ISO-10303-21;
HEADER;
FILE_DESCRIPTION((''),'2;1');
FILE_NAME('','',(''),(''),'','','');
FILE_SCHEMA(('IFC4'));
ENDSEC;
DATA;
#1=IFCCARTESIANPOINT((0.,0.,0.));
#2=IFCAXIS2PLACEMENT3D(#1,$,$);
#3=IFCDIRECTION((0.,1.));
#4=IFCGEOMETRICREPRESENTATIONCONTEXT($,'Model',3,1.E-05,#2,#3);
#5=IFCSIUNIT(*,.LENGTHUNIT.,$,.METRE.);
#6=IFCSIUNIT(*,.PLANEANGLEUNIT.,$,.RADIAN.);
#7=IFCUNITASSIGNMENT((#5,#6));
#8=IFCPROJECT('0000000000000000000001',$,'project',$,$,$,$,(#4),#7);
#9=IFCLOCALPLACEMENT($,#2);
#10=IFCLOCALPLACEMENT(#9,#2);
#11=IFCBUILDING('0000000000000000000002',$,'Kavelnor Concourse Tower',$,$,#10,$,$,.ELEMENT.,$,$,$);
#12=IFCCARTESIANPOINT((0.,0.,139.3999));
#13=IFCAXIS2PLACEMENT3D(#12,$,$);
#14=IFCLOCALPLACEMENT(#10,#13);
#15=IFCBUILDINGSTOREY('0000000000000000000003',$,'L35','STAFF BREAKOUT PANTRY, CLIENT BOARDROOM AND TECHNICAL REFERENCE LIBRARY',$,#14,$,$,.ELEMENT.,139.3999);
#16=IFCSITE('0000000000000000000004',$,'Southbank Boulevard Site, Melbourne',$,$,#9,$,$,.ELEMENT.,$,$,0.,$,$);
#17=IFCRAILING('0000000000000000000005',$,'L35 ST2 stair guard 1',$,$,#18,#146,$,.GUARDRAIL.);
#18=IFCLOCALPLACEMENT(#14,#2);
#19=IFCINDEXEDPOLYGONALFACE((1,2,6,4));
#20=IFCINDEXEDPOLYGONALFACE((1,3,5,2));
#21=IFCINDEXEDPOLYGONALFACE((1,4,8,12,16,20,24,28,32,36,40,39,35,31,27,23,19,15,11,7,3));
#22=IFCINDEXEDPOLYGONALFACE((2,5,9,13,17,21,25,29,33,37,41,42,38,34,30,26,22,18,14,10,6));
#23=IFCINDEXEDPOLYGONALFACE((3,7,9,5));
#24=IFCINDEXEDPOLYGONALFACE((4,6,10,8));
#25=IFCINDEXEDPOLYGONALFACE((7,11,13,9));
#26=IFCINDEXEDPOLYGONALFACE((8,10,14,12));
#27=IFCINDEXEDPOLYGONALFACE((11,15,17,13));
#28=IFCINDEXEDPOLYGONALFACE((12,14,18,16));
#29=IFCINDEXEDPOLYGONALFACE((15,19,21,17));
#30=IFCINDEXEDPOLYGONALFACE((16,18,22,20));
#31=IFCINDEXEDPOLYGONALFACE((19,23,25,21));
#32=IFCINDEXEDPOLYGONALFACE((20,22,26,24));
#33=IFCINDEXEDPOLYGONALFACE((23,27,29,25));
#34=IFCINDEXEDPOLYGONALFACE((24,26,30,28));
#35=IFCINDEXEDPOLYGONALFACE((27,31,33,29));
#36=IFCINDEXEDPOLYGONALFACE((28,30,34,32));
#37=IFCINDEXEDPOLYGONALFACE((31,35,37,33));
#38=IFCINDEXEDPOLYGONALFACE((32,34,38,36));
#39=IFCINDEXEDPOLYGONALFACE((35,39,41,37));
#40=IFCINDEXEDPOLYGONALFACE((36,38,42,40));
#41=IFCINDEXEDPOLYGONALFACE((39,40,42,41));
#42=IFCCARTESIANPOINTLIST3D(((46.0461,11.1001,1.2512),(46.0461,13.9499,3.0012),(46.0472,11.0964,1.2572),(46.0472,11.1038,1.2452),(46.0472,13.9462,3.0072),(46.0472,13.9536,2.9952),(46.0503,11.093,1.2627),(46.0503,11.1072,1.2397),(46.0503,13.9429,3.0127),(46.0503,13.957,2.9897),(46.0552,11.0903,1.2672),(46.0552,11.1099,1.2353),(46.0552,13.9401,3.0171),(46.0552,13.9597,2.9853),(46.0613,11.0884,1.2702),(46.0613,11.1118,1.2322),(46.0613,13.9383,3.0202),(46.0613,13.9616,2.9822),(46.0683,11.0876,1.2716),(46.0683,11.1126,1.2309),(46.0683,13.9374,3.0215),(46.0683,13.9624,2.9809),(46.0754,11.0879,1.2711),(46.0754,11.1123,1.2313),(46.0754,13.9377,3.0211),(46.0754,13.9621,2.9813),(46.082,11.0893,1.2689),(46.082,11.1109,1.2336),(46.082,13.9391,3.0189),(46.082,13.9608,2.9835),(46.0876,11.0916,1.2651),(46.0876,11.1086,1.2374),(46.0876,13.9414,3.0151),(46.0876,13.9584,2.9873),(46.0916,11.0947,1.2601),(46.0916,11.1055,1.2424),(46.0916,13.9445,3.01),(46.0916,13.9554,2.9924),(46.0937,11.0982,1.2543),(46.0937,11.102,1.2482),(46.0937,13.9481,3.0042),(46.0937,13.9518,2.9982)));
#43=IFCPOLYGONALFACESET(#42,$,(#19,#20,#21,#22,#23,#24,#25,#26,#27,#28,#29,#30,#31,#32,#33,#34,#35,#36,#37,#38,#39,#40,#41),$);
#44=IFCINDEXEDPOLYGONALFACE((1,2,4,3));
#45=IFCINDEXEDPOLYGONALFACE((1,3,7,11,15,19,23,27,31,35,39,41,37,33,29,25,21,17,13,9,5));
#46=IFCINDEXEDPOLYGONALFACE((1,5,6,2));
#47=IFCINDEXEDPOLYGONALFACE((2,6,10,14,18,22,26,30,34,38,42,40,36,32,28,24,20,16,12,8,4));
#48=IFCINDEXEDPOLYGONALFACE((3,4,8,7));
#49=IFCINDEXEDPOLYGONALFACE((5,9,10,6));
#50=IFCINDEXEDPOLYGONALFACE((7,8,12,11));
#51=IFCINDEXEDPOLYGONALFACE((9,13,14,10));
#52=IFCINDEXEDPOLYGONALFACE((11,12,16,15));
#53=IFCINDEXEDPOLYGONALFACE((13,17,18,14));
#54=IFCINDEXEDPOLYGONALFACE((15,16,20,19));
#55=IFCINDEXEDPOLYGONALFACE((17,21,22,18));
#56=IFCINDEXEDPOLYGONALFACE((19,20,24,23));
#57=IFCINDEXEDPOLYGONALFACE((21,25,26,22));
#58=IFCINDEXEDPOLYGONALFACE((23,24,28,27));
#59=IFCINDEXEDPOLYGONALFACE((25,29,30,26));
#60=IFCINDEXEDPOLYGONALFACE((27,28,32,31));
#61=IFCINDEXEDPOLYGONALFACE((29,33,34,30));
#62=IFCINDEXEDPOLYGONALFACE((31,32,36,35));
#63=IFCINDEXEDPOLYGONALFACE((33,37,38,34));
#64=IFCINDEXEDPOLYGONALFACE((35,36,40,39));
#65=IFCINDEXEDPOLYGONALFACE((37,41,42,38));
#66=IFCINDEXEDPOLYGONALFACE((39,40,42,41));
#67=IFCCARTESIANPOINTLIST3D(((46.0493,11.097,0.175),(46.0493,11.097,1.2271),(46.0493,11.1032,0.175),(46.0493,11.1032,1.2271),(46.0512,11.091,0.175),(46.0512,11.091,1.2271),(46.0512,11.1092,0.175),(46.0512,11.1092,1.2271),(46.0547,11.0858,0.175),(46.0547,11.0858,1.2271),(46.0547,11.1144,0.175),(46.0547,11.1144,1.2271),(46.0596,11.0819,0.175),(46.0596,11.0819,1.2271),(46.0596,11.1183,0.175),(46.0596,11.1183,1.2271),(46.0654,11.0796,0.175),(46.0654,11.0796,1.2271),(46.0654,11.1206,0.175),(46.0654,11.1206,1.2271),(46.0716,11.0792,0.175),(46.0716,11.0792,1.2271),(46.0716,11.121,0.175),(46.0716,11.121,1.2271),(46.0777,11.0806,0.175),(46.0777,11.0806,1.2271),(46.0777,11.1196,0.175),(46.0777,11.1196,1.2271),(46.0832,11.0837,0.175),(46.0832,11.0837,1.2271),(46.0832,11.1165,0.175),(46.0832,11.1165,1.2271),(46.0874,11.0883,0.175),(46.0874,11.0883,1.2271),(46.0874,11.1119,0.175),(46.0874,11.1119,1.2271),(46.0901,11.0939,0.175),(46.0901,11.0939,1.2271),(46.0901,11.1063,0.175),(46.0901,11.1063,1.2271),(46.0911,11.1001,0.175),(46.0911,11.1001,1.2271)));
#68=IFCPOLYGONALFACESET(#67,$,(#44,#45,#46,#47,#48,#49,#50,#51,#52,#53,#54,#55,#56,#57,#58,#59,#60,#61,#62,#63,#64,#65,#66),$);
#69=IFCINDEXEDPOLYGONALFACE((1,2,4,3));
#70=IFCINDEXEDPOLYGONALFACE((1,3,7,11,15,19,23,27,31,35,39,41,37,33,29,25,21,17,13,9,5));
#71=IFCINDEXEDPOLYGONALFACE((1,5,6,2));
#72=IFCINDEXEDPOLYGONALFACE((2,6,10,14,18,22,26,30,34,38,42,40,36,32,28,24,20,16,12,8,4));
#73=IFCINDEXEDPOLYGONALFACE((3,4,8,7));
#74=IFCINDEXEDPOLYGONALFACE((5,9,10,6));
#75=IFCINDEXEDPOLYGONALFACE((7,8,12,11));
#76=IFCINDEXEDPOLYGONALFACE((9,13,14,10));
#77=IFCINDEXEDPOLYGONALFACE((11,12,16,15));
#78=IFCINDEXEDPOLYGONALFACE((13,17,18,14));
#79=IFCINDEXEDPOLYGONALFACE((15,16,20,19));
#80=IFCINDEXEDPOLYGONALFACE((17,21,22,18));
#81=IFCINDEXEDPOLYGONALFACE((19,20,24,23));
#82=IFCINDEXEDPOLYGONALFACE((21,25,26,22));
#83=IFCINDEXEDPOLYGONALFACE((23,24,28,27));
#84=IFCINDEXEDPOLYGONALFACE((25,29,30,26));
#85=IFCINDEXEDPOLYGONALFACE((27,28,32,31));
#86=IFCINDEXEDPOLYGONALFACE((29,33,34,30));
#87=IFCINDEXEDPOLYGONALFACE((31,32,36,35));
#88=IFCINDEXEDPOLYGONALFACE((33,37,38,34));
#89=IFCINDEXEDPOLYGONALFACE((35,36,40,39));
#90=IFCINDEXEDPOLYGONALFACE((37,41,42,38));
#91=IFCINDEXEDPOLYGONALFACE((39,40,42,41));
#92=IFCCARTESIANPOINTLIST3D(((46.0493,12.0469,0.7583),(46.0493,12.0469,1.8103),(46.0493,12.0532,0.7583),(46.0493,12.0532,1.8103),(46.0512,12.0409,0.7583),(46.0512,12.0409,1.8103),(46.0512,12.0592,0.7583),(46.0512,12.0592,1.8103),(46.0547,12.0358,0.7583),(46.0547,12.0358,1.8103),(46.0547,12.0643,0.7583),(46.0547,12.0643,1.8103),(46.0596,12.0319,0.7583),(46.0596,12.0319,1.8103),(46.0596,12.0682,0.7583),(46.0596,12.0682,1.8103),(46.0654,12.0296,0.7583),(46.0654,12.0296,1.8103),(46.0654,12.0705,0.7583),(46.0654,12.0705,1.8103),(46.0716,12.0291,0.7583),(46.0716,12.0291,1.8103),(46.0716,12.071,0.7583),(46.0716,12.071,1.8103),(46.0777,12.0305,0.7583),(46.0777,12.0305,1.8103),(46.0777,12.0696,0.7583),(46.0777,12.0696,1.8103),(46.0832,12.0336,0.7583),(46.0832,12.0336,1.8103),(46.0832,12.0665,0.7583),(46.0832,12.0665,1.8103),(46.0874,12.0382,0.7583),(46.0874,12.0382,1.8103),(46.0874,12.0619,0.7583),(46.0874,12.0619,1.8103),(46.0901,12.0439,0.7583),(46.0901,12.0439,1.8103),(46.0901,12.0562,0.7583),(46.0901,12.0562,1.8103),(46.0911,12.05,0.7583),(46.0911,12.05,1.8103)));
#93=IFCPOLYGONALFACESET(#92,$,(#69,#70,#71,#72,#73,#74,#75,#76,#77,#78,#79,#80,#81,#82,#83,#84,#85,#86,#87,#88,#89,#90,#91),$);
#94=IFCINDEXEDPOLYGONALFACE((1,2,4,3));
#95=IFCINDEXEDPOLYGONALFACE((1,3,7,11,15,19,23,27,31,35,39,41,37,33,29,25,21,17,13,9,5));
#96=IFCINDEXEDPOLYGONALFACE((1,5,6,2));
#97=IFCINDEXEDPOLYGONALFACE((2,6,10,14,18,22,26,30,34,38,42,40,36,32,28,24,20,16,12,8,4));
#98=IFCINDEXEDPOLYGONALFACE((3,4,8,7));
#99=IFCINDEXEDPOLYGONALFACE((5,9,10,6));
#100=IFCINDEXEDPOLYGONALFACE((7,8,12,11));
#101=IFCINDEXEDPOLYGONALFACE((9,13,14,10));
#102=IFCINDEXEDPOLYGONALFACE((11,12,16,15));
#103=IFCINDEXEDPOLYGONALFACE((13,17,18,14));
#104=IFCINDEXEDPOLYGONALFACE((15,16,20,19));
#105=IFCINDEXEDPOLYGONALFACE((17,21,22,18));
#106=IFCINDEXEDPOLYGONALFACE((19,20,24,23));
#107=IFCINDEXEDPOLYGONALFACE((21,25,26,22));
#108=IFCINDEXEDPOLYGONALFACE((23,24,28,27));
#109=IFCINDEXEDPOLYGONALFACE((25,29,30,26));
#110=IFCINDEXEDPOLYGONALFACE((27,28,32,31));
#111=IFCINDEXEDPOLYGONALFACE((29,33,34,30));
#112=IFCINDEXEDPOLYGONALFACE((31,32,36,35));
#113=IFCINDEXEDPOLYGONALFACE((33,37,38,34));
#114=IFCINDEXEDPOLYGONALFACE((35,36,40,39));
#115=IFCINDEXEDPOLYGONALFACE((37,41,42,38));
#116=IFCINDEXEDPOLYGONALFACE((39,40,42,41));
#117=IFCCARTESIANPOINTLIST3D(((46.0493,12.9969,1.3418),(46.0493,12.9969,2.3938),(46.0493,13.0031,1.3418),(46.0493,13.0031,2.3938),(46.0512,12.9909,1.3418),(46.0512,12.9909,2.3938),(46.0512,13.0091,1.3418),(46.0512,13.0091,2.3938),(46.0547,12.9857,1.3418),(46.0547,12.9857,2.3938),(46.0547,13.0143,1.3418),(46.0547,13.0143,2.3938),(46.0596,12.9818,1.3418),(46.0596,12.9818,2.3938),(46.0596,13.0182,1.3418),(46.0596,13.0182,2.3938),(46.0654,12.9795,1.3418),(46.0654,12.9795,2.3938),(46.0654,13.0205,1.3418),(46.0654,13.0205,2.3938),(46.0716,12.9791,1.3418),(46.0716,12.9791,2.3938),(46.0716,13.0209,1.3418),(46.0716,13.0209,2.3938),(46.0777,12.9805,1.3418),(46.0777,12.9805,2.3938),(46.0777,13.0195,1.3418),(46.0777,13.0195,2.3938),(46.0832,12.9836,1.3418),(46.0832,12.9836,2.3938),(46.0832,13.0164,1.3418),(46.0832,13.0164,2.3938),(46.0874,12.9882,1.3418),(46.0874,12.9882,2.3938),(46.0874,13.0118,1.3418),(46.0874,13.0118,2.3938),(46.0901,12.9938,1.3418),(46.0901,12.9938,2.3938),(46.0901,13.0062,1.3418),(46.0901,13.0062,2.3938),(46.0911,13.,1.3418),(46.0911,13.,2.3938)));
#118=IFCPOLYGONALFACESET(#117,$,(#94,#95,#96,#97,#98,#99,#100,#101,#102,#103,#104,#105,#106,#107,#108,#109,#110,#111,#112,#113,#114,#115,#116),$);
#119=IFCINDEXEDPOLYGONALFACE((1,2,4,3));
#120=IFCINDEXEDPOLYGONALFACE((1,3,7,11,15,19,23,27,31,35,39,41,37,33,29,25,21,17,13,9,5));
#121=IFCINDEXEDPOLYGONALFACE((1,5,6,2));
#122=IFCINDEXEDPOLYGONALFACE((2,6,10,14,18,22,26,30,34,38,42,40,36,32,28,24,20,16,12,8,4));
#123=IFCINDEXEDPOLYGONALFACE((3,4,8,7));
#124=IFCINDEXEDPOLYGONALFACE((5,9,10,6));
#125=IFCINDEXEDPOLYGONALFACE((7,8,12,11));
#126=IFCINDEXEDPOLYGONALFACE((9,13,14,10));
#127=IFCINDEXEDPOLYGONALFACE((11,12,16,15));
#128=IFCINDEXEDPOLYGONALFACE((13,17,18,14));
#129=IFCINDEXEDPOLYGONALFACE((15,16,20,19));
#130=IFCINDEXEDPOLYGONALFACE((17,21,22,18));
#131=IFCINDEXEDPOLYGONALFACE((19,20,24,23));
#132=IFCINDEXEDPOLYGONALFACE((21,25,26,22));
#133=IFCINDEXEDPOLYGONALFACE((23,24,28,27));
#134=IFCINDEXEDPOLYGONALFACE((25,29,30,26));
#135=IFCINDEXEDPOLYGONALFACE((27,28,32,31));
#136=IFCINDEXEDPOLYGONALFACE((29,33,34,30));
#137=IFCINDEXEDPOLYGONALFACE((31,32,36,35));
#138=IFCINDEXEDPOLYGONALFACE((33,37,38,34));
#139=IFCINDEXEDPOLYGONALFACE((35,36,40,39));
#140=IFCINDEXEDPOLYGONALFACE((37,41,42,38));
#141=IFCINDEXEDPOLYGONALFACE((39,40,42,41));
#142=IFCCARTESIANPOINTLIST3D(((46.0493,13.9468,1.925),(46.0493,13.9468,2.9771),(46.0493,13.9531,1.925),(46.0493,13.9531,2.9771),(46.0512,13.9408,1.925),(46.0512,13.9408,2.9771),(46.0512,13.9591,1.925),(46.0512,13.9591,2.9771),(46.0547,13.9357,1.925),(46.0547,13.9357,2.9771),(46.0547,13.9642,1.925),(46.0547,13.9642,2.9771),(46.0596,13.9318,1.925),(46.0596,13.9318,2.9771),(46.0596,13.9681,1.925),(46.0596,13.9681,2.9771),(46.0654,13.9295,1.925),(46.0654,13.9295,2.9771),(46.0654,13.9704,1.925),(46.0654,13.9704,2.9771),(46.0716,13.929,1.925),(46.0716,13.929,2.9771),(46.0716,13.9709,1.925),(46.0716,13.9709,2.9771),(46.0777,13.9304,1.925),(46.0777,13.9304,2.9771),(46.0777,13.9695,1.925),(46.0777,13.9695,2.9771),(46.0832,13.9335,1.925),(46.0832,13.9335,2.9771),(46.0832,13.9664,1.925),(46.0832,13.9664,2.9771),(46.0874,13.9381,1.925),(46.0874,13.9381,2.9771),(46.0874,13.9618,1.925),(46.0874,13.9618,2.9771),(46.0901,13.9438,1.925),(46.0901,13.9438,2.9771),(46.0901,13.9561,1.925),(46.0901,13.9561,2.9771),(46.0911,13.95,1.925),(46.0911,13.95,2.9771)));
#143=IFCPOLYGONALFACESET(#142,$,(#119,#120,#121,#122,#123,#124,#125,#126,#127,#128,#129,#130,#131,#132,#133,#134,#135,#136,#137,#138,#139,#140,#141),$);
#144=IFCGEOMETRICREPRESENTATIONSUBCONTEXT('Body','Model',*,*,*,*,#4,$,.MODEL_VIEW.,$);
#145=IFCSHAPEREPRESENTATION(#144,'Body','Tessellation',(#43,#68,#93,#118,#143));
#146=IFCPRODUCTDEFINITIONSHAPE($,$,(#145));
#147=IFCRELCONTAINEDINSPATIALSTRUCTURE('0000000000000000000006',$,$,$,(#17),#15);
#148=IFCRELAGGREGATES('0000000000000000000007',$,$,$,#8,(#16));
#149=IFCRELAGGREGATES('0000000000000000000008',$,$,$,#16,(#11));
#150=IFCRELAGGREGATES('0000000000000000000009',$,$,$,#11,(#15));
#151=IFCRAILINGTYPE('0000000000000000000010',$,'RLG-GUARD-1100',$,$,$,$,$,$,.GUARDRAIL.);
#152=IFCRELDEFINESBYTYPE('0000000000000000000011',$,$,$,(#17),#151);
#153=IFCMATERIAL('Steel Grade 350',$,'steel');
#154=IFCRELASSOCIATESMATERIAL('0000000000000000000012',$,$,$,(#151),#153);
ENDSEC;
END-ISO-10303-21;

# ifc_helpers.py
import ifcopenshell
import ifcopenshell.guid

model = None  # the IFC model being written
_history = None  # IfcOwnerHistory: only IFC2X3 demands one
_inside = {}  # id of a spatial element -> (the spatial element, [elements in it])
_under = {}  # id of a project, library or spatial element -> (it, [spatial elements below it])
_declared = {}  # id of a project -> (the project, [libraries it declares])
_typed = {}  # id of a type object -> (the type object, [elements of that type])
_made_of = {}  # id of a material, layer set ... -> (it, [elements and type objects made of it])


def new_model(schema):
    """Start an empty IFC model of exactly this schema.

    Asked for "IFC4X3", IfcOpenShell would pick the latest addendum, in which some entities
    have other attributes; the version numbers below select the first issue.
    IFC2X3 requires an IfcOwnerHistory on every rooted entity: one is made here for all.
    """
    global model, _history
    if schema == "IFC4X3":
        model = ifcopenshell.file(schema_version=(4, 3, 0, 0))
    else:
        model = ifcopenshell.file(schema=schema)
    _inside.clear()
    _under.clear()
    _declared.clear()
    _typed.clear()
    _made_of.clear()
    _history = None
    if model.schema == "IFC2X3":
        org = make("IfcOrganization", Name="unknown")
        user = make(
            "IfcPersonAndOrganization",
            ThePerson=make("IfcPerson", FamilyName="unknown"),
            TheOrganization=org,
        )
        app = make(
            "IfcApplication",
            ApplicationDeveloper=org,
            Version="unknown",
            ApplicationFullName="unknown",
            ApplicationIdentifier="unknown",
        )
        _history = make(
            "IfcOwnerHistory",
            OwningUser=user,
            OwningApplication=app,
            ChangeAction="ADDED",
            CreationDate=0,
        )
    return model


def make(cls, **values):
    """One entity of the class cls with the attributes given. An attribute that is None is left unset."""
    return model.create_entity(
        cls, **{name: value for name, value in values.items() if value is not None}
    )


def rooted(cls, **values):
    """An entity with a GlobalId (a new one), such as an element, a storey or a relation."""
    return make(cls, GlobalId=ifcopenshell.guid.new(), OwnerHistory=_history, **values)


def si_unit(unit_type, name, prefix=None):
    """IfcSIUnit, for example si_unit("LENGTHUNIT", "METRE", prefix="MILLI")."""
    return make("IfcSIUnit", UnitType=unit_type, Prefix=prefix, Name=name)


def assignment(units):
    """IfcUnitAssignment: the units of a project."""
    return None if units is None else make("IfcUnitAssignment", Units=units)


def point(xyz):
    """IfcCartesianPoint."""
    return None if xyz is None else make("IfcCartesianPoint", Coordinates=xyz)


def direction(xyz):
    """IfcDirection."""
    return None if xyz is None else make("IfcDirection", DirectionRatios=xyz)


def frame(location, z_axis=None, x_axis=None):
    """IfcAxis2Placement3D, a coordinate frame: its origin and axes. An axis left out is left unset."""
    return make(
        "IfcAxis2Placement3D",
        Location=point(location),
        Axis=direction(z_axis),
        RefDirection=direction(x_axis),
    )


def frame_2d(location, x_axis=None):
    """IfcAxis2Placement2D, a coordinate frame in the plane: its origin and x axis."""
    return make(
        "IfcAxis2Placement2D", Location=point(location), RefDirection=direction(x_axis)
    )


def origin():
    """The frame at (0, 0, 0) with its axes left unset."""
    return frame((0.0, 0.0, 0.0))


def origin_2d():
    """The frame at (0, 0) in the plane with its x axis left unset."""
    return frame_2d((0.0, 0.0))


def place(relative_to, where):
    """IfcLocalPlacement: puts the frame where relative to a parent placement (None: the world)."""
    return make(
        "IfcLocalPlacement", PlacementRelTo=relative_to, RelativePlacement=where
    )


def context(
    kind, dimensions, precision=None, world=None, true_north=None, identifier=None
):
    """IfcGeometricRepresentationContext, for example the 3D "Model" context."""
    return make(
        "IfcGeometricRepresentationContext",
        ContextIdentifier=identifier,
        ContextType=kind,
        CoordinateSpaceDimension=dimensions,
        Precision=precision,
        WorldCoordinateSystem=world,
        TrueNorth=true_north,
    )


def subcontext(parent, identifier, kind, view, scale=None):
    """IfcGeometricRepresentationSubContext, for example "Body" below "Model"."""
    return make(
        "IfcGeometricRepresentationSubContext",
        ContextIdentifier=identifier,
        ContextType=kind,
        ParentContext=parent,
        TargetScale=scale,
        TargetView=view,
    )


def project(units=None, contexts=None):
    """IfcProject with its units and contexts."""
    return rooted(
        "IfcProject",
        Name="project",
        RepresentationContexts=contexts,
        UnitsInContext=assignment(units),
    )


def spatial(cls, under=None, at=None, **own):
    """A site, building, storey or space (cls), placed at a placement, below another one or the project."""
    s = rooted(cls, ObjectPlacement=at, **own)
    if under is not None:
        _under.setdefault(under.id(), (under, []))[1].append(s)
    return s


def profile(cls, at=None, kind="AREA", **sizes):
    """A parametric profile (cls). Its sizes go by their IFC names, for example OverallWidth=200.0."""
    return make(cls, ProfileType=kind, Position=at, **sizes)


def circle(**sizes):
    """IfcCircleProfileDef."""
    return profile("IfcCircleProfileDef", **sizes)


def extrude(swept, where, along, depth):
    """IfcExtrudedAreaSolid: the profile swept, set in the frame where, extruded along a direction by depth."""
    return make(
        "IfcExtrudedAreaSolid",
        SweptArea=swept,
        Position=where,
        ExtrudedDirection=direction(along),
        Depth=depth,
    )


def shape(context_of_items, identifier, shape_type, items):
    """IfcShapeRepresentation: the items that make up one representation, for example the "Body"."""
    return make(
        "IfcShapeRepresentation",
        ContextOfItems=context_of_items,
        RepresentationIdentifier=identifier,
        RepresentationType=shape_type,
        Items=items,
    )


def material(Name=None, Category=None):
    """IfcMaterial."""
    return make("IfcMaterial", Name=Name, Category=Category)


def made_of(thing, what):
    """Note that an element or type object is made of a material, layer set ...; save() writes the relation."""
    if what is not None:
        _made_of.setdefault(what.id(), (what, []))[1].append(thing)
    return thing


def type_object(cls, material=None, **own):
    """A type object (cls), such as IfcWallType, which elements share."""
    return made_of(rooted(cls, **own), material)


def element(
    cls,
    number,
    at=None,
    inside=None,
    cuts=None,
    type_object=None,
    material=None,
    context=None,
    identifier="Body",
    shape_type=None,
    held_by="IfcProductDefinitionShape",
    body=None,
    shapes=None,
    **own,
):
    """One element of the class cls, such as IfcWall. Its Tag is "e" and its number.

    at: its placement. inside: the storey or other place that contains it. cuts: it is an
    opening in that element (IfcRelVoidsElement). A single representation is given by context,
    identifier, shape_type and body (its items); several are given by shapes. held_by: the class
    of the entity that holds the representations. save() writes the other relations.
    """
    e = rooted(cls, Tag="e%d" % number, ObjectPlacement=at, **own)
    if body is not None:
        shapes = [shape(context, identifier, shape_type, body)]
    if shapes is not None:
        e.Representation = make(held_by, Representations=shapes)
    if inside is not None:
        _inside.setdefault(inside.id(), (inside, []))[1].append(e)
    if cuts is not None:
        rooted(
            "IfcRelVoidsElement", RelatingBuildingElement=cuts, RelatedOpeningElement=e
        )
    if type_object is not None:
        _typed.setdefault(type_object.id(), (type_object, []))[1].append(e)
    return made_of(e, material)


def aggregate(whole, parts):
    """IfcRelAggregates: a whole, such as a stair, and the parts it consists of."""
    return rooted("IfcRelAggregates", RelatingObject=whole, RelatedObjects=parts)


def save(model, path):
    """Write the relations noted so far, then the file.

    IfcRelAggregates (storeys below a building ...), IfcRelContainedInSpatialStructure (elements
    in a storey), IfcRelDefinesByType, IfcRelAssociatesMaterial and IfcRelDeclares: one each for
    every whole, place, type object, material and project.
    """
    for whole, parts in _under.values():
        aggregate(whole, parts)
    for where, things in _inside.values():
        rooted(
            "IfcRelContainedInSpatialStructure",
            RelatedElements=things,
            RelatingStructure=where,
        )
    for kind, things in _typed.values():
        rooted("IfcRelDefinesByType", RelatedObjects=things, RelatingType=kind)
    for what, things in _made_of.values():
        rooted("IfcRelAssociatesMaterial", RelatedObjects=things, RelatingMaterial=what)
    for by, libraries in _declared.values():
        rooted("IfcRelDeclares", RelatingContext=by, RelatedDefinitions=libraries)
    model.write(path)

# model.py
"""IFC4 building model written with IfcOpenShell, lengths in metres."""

from ifc_helpers import new_model, si_unit, direction, frame, origin, origin_2d, place, context, subcontext, project, spatial, circle, extrude, material, type_object, element, save


model = new_model("IFC4")

# Units and contexts
model_context = context("Model", 3, precision=1e-05, world=origin(), true_north=direction((0.0, 1.0)))
body_context = subcontext(model_context, "Body", "Model", "MODEL_VIEW")
ifc_project = project(units=[si_unit("LENGTHUNIT", "METRE"), si_unit("PLANEANGLEUNIT", "RADIAN")], contexts=[model_context])

# Site, building, storey
site_placement = place(None, origin())
site = spatial("IfcSite", under=ifc_project, at=site_placement, Name="Southbank Boulevard Site, Melbourne", CompositionType="ELEMENT", RefElevation=0.0)
building_placement = place(site_placement, origin())
building = spatial("IfcBuilding", under=site, at=building_placement, Name="Kavelnor Concourse Tower", CompositionType="ELEMENT")
storey_placement = place(building_placement, frame((0.0, 0.0, 139.3999)))
storey = spatial("IfcBuildingStorey", under=building, at=storey_placement, Name="L35", Description="STAFF BREAKOUT PANTRY, CLIENT BOARDROOM AND TECHNICAL REFERENCE LIBRARY", CompositionType="ELEMENT", Elevation=139.3999)

# Shared definitions
ifc_material_1 = material(Name="Steel Grade 350", Category="steel")

# Railing
railing_type_1 = type_object("IfcRailingType", Name="RLG-GUARD-1100", PredefinedType="GUARDRAIL", material=ifc_material_1)
railing_1_placement = place(storey_placement, frame((46.0701, 11.1001, 0.175)))
element("IfcRailing", 1, at=railing_1_placement, inside=storey, type_object=railing_type_1, Name="L35 ST2 stair guard 1", PredefinedType="GUARDRAIL", context=body_context, shape_type="SweptSolid", body=[
    extrude(circle(Radius=0.0239, at=origin_2d()), frame((0.0, 0.0, 1.0762), z_axis=(0.0, 0.852159, 0.523283), x_axis=(-1.0, 0.0, 0.0)), (0.0, 0.0, 1.0), 3.3442),
    extrude(circle(Radius=0.021, at=origin_2d()), origin(), (0.0, 0.0, 1.0), 1.052),
    extrude(circle(Radius=0.021, at=origin_2d()), frame((0.0, 0.95, 0.5833)), (0.0, 0.0, 1.0), 1.052),
    extrude(circle(Radius=0.021, at=origin_2d()), frame((0.0, 1.8999, 1.1667)), (0.0, 0.0, 1.0), 1.052),
    extrude(circle(Radius=0.021, at=origin_2d()), frame((0.0, 2.8499, 1.75)), (0.0, 0.0, 1.0), 1.052),
])

save(model, "model.ifc")
